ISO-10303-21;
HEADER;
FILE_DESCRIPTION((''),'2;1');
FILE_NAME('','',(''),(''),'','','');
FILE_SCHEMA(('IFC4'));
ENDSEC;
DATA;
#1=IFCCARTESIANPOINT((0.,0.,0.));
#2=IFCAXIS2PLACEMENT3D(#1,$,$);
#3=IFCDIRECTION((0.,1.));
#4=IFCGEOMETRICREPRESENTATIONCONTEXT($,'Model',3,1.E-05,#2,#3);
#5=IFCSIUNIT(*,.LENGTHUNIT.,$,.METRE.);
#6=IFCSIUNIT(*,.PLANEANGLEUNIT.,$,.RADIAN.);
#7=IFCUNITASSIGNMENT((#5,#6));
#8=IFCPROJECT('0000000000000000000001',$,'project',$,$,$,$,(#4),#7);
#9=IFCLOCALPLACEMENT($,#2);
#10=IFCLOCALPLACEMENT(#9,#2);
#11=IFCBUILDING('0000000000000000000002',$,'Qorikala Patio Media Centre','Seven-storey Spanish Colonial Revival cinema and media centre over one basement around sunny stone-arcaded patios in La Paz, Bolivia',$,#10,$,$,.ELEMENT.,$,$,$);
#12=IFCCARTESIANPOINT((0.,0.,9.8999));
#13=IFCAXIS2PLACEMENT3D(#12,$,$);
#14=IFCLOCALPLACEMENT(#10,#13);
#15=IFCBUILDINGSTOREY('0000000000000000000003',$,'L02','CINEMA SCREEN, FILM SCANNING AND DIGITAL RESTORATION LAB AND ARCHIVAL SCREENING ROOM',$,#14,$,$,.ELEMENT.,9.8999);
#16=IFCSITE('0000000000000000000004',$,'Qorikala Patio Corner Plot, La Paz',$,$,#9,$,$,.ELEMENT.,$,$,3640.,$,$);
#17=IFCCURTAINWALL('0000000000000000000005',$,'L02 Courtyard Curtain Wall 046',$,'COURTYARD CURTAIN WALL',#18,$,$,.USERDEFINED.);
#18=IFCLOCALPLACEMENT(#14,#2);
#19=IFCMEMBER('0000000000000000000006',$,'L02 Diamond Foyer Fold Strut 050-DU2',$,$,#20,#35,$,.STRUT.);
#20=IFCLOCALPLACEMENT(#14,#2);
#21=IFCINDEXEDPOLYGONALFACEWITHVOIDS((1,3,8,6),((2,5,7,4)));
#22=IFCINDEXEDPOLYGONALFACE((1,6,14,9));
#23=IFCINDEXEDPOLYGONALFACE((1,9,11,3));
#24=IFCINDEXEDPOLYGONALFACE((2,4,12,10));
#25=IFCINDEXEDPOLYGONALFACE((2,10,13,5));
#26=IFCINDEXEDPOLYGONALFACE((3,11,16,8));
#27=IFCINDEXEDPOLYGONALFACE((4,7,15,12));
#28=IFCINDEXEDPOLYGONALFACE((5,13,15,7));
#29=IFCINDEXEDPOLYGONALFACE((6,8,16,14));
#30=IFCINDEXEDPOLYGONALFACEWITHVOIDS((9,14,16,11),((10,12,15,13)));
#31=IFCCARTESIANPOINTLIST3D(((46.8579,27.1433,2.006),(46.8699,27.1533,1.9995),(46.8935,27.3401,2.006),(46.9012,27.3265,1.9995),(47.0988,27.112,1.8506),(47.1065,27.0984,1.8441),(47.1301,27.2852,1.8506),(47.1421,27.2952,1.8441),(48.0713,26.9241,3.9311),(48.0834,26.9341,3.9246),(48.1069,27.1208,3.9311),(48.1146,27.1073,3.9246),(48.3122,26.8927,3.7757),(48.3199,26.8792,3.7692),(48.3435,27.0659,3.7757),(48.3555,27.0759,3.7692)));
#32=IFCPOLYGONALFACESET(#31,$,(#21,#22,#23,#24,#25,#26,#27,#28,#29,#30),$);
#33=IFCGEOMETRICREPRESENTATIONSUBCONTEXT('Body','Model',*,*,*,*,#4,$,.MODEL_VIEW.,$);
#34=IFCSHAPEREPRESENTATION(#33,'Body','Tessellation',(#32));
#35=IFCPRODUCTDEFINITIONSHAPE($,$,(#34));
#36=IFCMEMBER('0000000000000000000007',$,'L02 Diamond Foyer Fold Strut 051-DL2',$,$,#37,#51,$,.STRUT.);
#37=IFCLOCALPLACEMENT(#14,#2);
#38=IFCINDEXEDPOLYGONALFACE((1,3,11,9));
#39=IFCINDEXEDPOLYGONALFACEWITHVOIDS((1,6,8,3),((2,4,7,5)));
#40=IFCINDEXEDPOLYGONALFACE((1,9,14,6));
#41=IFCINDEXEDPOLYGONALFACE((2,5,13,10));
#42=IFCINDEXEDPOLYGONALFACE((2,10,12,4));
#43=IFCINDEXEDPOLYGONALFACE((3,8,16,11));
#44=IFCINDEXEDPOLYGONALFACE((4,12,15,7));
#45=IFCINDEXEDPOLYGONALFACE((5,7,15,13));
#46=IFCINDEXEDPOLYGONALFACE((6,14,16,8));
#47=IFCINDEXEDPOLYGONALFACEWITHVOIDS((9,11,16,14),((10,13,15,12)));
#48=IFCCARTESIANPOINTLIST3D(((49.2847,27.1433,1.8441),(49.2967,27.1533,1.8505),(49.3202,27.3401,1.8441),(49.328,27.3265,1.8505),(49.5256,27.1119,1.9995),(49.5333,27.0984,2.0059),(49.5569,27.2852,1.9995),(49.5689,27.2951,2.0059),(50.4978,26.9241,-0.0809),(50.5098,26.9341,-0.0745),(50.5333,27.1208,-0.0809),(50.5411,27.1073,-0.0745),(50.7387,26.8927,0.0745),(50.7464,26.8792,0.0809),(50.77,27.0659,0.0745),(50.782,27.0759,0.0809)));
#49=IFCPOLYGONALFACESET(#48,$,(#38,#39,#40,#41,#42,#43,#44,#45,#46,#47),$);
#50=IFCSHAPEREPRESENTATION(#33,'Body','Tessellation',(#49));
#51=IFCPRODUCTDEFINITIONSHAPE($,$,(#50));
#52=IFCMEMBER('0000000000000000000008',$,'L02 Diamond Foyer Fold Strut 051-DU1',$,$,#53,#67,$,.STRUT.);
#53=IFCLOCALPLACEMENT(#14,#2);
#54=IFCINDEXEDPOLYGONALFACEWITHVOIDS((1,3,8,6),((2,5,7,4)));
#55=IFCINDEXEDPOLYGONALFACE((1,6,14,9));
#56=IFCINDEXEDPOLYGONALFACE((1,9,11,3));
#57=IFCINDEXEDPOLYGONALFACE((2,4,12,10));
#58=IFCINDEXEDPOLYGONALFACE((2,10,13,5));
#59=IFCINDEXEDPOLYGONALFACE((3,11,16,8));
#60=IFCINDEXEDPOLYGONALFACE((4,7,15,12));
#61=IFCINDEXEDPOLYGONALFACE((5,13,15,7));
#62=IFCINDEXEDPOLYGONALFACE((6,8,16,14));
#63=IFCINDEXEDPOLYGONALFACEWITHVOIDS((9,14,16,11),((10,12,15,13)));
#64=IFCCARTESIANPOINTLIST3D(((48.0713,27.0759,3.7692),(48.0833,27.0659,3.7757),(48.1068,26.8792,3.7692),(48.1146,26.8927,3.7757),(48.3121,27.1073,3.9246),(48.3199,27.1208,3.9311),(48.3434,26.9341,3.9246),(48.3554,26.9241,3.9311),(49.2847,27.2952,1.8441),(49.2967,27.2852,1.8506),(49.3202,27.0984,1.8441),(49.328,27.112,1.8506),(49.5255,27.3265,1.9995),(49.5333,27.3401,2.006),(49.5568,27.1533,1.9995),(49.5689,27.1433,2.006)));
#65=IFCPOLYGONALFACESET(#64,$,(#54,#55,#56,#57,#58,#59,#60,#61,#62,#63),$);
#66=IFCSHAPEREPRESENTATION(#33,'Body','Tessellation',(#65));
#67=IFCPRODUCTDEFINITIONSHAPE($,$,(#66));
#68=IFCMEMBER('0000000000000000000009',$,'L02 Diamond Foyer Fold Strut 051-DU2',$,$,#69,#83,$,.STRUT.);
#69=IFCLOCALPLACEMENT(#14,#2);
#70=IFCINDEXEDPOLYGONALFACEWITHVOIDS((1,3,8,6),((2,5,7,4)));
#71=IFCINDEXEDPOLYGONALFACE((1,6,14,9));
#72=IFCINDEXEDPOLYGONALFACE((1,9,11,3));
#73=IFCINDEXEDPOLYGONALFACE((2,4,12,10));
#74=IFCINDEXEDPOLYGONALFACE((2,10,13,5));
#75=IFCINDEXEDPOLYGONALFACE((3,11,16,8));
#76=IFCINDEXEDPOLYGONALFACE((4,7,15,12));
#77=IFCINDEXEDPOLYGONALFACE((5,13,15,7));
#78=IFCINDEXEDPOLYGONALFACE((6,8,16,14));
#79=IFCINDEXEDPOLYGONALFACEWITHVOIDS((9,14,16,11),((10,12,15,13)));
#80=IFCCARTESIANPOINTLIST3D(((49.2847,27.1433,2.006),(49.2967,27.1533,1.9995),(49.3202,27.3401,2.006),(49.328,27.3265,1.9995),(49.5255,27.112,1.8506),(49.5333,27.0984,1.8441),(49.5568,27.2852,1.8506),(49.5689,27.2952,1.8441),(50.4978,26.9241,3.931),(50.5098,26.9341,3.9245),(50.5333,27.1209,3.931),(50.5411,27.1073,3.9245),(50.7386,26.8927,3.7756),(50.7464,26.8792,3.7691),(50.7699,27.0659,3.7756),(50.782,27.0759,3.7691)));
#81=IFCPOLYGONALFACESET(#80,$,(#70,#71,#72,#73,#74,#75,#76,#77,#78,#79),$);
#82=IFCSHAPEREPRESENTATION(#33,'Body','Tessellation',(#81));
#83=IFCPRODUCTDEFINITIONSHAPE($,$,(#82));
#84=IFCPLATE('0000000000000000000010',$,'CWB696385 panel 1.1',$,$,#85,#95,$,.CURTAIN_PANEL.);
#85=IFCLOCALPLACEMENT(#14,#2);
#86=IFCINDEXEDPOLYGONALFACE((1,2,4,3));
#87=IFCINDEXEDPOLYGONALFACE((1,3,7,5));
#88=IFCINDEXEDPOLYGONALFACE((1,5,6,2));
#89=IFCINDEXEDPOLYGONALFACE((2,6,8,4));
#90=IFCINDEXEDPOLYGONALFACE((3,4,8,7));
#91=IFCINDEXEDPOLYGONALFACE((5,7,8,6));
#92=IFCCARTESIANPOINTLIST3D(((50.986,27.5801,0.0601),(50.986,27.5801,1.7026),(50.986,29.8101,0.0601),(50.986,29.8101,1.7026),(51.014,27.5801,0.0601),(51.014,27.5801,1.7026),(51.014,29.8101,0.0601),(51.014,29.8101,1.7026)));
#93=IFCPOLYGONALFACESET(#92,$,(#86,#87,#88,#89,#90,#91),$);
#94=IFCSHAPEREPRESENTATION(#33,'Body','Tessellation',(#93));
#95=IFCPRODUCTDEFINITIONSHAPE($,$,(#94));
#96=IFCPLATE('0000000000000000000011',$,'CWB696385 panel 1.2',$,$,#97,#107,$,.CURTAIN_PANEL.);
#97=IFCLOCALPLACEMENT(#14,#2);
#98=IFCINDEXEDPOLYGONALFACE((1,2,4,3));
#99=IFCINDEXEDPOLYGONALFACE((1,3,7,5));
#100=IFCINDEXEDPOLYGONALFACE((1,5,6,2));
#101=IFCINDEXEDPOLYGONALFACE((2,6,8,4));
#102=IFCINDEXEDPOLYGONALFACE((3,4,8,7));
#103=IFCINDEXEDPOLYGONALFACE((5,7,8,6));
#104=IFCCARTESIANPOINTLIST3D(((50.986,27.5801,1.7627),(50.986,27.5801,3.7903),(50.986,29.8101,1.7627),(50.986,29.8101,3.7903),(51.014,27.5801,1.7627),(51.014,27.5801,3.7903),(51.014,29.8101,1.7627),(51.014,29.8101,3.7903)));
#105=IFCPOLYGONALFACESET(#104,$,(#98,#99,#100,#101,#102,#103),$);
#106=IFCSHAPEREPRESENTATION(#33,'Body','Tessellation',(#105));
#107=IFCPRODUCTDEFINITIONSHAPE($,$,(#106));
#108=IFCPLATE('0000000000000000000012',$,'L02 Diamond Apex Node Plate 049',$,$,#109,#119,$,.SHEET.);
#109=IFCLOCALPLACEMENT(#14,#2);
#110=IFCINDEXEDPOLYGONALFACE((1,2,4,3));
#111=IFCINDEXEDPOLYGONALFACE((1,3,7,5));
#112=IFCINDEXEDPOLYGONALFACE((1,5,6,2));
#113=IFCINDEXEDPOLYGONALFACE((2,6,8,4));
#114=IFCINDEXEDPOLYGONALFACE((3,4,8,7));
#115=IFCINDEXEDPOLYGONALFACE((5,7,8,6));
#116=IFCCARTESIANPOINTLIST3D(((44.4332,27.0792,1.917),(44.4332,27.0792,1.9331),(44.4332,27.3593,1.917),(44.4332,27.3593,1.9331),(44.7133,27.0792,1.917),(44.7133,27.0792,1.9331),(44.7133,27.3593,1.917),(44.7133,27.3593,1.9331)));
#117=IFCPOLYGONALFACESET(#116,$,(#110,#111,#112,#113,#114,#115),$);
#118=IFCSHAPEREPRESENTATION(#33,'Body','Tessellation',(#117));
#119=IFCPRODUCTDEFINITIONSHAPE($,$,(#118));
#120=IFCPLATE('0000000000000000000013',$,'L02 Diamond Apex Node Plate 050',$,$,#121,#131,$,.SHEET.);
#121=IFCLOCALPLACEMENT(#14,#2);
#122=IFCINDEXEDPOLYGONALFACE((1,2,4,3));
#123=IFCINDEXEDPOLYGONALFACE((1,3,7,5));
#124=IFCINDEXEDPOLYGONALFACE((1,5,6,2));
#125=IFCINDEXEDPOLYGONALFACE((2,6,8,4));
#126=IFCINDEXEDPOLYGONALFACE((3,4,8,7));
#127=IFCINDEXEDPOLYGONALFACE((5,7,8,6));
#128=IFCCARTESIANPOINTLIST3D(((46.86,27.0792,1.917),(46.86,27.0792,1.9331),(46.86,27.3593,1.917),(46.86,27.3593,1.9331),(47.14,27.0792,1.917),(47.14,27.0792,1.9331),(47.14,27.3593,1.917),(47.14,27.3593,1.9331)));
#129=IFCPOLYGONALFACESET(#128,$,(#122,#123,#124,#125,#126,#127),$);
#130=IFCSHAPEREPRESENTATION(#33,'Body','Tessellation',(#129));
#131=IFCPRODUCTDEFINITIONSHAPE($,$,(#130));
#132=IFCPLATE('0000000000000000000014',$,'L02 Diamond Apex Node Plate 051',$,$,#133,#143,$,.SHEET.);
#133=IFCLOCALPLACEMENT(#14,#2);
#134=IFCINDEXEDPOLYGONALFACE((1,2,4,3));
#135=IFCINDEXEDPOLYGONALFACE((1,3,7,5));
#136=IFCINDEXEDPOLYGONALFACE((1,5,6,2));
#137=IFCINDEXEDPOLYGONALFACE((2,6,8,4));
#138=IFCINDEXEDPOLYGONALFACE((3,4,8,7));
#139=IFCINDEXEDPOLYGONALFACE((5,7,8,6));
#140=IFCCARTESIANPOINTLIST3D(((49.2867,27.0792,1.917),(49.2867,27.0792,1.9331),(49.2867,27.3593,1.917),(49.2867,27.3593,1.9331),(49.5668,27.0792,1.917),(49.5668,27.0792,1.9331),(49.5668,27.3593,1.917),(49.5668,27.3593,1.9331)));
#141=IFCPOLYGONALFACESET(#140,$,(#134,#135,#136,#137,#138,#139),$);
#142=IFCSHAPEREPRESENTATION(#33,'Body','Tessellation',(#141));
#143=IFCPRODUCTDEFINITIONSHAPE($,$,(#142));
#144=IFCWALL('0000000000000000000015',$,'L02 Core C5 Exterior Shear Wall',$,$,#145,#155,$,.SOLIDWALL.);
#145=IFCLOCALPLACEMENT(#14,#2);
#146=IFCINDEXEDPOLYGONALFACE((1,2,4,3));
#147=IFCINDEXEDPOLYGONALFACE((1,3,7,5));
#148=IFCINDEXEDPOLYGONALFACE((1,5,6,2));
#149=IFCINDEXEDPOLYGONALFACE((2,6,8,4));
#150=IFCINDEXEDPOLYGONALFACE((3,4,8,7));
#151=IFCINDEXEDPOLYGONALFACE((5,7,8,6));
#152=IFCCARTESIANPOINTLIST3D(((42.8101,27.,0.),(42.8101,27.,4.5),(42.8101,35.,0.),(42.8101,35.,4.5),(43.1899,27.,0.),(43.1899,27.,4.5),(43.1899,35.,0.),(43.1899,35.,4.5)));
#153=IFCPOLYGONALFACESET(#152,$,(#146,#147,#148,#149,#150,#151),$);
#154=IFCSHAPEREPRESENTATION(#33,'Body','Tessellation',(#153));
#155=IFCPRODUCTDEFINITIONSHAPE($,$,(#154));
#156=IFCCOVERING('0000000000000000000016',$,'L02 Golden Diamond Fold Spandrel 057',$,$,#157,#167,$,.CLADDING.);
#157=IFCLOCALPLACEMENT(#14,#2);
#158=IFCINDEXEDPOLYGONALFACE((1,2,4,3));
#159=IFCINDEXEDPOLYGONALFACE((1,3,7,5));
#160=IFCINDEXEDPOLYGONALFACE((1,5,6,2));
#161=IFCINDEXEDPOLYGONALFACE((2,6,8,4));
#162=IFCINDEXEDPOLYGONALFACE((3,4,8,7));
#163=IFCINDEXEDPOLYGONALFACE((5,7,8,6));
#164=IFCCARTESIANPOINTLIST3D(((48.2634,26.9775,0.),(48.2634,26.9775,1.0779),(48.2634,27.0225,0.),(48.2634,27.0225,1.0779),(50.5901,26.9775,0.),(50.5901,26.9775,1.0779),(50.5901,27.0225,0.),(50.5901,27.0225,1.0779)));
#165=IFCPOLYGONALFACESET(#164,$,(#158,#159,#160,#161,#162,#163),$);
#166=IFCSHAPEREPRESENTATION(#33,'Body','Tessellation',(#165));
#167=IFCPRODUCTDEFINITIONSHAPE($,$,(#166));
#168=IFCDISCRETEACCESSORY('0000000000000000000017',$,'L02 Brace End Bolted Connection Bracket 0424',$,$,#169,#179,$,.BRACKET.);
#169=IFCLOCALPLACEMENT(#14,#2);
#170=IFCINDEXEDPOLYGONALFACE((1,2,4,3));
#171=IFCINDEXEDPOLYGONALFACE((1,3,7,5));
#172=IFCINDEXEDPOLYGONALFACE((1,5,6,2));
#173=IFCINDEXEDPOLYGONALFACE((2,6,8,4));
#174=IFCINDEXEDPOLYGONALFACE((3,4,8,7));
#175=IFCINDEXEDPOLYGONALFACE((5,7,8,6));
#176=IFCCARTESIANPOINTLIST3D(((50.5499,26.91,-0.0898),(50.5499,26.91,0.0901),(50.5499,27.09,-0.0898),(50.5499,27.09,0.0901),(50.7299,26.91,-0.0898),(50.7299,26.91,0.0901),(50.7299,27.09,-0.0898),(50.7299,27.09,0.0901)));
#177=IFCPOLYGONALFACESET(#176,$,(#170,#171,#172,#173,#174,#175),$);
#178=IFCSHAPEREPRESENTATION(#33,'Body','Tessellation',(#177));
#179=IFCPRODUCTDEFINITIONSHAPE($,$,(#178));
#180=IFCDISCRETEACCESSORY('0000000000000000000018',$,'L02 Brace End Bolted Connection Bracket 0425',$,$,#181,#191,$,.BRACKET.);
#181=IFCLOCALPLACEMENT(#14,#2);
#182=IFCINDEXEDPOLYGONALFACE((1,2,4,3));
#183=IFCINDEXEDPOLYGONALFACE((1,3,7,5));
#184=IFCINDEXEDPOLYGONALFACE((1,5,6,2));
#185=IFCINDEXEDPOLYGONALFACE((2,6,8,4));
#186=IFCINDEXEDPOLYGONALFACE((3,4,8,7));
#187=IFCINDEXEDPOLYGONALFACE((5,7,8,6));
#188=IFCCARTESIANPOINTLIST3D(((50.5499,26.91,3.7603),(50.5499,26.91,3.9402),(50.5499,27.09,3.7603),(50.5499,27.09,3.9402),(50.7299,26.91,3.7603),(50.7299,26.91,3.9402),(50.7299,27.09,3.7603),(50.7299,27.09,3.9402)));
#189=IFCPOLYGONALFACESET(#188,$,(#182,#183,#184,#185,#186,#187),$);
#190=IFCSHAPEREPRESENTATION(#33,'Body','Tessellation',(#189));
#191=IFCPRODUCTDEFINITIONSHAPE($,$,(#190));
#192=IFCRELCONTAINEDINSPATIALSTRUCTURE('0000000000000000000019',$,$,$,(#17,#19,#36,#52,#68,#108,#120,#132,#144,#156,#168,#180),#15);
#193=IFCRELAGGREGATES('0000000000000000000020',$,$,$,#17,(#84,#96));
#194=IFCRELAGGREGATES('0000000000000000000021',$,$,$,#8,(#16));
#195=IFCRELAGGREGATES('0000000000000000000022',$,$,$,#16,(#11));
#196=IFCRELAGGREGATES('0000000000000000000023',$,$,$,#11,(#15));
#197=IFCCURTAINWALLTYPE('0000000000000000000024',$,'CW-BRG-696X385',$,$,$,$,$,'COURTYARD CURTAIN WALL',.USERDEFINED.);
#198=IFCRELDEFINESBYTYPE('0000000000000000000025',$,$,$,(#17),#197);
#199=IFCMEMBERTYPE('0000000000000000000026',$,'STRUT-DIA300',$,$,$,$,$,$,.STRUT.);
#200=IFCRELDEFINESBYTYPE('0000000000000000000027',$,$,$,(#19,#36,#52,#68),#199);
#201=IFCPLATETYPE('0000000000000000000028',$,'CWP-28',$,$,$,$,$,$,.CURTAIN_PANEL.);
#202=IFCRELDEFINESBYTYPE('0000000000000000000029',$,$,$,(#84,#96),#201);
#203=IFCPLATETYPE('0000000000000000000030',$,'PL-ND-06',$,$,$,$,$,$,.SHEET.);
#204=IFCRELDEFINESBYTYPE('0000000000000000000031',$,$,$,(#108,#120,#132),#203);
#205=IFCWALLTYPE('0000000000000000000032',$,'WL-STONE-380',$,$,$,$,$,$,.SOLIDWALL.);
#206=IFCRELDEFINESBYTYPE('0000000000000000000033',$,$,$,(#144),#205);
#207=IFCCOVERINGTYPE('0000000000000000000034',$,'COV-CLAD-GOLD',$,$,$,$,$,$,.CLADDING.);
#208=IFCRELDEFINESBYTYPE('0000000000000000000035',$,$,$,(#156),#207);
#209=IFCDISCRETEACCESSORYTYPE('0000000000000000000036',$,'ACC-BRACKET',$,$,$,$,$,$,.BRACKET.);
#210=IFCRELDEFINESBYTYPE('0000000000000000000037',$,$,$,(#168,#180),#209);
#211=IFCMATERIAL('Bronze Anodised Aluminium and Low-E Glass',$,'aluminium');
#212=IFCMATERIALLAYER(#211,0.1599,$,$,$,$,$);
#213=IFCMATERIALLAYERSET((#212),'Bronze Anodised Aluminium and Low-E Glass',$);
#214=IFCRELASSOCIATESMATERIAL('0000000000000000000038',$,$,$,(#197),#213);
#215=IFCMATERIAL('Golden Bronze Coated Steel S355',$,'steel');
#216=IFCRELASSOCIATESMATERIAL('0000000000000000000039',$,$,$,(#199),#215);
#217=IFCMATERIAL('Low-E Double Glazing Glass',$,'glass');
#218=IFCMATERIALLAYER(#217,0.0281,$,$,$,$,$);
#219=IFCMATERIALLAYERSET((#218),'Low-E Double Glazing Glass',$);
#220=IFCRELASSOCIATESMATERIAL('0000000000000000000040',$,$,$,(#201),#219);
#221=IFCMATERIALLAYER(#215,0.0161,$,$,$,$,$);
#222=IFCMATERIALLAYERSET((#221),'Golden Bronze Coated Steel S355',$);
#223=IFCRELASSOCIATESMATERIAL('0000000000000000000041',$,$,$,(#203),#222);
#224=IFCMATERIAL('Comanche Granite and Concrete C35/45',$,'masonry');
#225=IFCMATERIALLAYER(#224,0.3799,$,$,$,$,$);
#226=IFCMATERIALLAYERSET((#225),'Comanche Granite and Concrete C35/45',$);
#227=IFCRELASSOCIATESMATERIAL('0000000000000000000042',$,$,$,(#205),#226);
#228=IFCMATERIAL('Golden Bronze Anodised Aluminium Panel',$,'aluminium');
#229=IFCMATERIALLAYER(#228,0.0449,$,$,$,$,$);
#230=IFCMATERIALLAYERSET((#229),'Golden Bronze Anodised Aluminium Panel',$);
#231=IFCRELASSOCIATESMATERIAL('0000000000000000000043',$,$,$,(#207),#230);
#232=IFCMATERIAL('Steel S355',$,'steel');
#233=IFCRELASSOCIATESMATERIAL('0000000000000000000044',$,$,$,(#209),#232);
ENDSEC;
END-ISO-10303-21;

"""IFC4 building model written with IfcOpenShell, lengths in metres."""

from ifc_helpers import new_model, si_unit, direction, frame, frame_2d, origin, origin_2d, place, context, subcontext, project, spatial, rectangle, hollow_rectangle, extrude, material, layer, layer_set, material_profile, profile_set, type_object, element, aggregate, save


model = new_model("IFC4")

# Units and contexts
model_context = context("Model", 3, precision=1e-05, world=origin(), true_north=direction((0.0, 1.0)))
body_context = subcontext(model_context, "Body", "Model", "MODEL_VIEW")
ifc_project = project(units=[si_unit("LENGTHUNIT", "METRE"), si_unit("PLANEANGLEUNIT", "RADIAN")], contexts=[model_context])

# Site, building, storey
site_placement = place(None, origin())
site = spatial("IfcSite", under=ifc_project, at=site_placement, Name="Qorikala Patio Corner Plot, La Paz", CompositionType="ELEMENT", RefElevation=3640.0)
building_placement = place(site_placement, origin())
building = spatial("IfcBuilding", under=site, at=building_placement, Name="Qorikala Patio Media Centre", Description="Seven-storey Spanish Colonial Revival cinema and media centre over one basement around sunny stone-arcaded patios in La Paz, Bolivia", CompositionType="ELEMENT")
storey_placement = place(building_placement, frame((0.0, 0.0, 9.8999)))
storey = spatial("IfcBuildingStorey", under=building, at=storey_placement, Name="L02", Description="CINEMA SCREEN, FILM SCANNING AND DIGITAL RESTORATION LAB AND ARCHIVAL SCREENING ROOM", CompositionType="ELEMENT", Elevation=9.8999)

# Curtain wall
ifc_material_1 = material(Name="Bronze Anodised Aluminium and Low-E Glass", Category="aluminium")
ifc_layer_1 = layer(ifc_material_1, 0.1599)
ifc_layer_set_1 = layer_set([ifc_layer_1], Name="Bronze Anodised Aluminium and Low-E Glass")
curtain_wall_type_1 = type_object("IfcCurtainWallType", Name="CW-BRG-696X385", ElementType="COURTYARD CURTAIN WALL", PredefinedType="USERDEFINED", material=ifc_layer_set_1)
curtain_wall_1_placement = place(storey_placement, origin())
curtain_wall_1 = element("IfcCurtainWall", 1, at=curtain_wall_1_placement, inside=storey, type_object=curtain_wall_type_1, Name="L02 Courtyard Curtain Wall 046", ObjectType="COURTYARD CURTAIN WALL", PredefinedType="USERDEFINED")

# Shared definitions
ifc_material_2 = material(Name="Steel S355", Category="steel")

# Members
ifc_material_3 = material(Name="Golden Bronze Coated Steel S355", Category="steel")
ifc_material_profile_1 = material_profile(ifc_material_3, hollow_rectangle(XDim=0.2, YDim=0.3, WallThickness=0.012, at=origin_2d()), Name="HSS300X200X12")
ifc_profile_set_1 = profile_set([ifc_material_profile_1], Name="Golden Bronze Coated Steel S355")
member_type_1 = type_object("IfcMemberType", Name="STRUT-DIA300", PredefinedType="STRUT", material=ifc_profile_set_1)
for number, where, z_axis, x_axis, name in (
    (2, (47.0, 27.2192, 1.925), (0.530768, -0.095901, 0.842074), (0.177805, 0.984066, 0.0), "L02 Diamond Foyer Fold Strut 050-DU2"),
):
    element("IfcMember", number, at=place(storey_placement, frame(where, z_axis=z_axis, x_axis=x_axis)), inside=storey, type_object=member_type_1, Name=name, PredefinedType="STRUT", context=body_context, shape_type="SweptSolid", body=[
        extrude(hollow_rectangle(XDim=0.2, YDim=0.3, WallThickness=0.012, at=origin_2d()), origin(), (0.0, 0.0, 1.0), 2.2861),
    ])
member_1_placement = place(storey_placement, frame((50.6399, 27.0, 0.0), z_axis=(-0.530691, 0.095907, 0.842121), x_axis=(-0.17784, -0.984059, 0.0)))
element("IfcMember", 3, at=member_1_placement, inside=storey, type_object=member_type_1, Name="L02 Diamond Foyer Fold Strut 051-DL2", PredefinedType="STRUT", context=body_context, shape_type="SweptSolid", body=[
    extrude(hollow_rectangle(XDim=0.2, YDim=0.3, WallThickness=0.012, at=origin_2d()), origin(), (0.0, 0.0, 1.0), 2.2859),
])
member_2_placement = place(storey_placement, frame((49.4268, 27.2192, 1.925), z_axis=(-0.530768, -0.095901, 0.842074), x_axis=(0.177805, -0.984066, 0.0)))
element("IfcMember", 4, at=member_2_placement, inside=storey, type_object=member_type_1, Name="L02 Diamond Foyer Fold Strut 051-DU1", PredefinedType="STRUT", context=body_context, shape_type="SweptSolid", body=[
    extrude(hollow_rectangle(XDim=0.2, YDim=0.3, WallThickness=0.012, at=origin_2d()), origin(), (0.0, 0.0, 1.0), 2.2861),
])
member_3_placement = place(storey_placement, frame((49.4268, 27.2192, 1.925), z_axis=(0.530691, -0.095907, 0.842121), x_axis=(0.17784, 0.984059, 0.0)))
element("IfcMember", 5, at=member_3_placement, inside=storey, type_object=member_type_1, Name="L02 Diamond Foyer Fold Strut 051-DU2", PredefinedType="STRUT", context=body_context, shape_type="SweptSolid", body=[
    extrude(hollow_rectangle(XDim=0.2, YDim=0.3, WallThickness=0.012, at=origin_2d()), origin(), (0.0, 0.0, 1.0), 2.2859),
])

# Plates
ifc_material_4 = material(Name="Low-E Double Glazing Glass", Category="glass")
ifc_layer_2 = layer(ifc_material_4, 0.0281)
ifc_layer_set_2 = layer_set([ifc_layer_2], Name="Low-E Double Glazing Glass")
plate_type_1 = type_object("IfcPlateType", Name="CWP-28", PredefinedType="CURTAIN_PANEL", material=ifc_layer_set_2)
plate_1_placement = place(storey_placement, frame((51.0, 28.6951, 0.0601), z_axis=(0.0, 0.0, 1.0), x_axis=(0.0, 1.0, 0.0)))
plate_1 = element("IfcPlate", 6, at=plate_1_placement, type_object=plate_type_1, Name="CWB696385 panel 1.1", PredefinedType="CURTAIN_PANEL", context=body_context, shape_type="SweptSolid", body=[
    extrude(rectangle(XDim=2.23, YDim=0.0281, at=origin_2d()), origin(), (0.0, 0.0, 1.0), 1.6426),
])
plate_2_placement = place(storey_placement, frame((51.0, 28.6951, 1.7627), z_axis=(0.0, 0.0, 1.0), x_axis=(0.0, 1.0, 0.0)))
plate_2 = element("IfcPlate", 7, at=plate_2_placement, type_object=plate_type_1, Name="CWB696385 panel 1.2", PredefinedType="CURTAIN_PANEL", context=body_context, shape_type="SweptSolid", body=[
    extrude(rectangle(XDim=2.23, YDim=0.0281, at=origin_2d()), origin(), (0.0, 0.0, 1.0), 2.0276),
])
aggregate(curtain_wall_1, [plate_1, plate_2])

# Plates
ifc_layer_3 = layer(ifc_material_3, 0.0161)
ifc_layer_set_3 = layer_set([ifc_layer_3], Name="Golden Bronze Coated Steel S355")
plate_type_2 = type_object("IfcPlateType", Name="PL-ND-06", PredefinedType="SHEET", material=ifc_layer_set_3)
for number, where, z_axis, x_axis, name in (
    (8, (44.5732, 27.2192, 1.917), (0.0, 0.0, 1.0), (1.0, 0.0, 0.0), "L02 Diamond Apex Node Plate 049"),
    (9, (47.0, 27.2192, 1.917), (0.0, 0.0, 1.0), (1.0, 0.0, 0.0), "L02 Diamond Apex Node Plate 050"),
    (10, (49.4268, 27.2192, 1.917), (0.0, 0.0, 1.0), (1.0, 0.0, 0.0), "L02 Diamond Apex Node Plate 051"),
):
    element("IfcPlate", number, at=place(storey_placement, frame(where, z_axis=z_axis, x_axis=x_axis)), inside=storey, type_object=plate_type_2, Name=name, PredefinedType="SHEET", context=body_context, shape_type="SweptSolid", body=[
        extrude(rectangle(XDim=0.28, YDim=0.28, at=origin_2d()), origin(), (0.0, 0.0, 1.0), 0.0161),
    ])

# Wall
ifc_material_5 = material(Name="Comanche Granite and Concrete C35/45", Category="masonry")
ifc_layer_4 = layer(ifc_material_5, 0.3799)
ifc_layer_set_4 = layer_set([ifc_layer_4], Name="Comanche Granite and Concrete C35/45")
wall_type = type_object("IfcWallType", Name="WL-STONE-380", PredefinedType="SOLIDWALL", material=ifc_layer_set_4)
wall_placement = place(storey_placement, frame((43.0, 35.0, 0.0), z_axis=(0.0, 0.0, 1.0), x_axis=(0.0, -1.0, 0.0)))
element("IfcWall", 11, at=wall_placement, inside=storey, type_object=wall_type, Name="L02 Core C5 Exterior Shear Wall", PredefinedType="SOLIDWALL", context=body_context, shape_type="SweptSolid", body=[
    extrude(rectangle(XDim=8.0, YDim=0.3799, at=frame_2d((4.0, 0.0))), origin(), (0.0, 0.0, 1.0), 4.5),
])

# Covering
ifc_material_6 = material(Name="Golden Bronze Anodised Aluminium Panel", Category="aluminium")
ifc_layer_5 = layer(ifc_material_6, 0.0449)
ifc_layer_set_5 = layer_set([ifc_layer_5], Name="Golden Bronze Anodised Aluminium Panel")
covering_type = type_object("IfcCoveringType", Name="COV-CLAD-GOLD", PredefinedType="CLADDING", material=ifc_layer_set_5)
covering_placement = place(storey_placement, frame((49.4268, 27.0, 0.0), z_axis=(0.0, 0.0, 1.0), x_axis=(1.0, 0.0, 0.0)))
element("IfcCovering", 12, at=covering_placement, inside=storey, type_object=covering_type, Name="L02 Golden Diamond Fold Spandrel 057", PredefinedType="CLADDING", context=body_context, shape_type="SweptSolid", body=[
    extrude(rectangle(XDim=2.3267, YDim=0.0449, at=origin_2d()), origin(), (0.0, 0.0, 1.0), 1.0779),
])

# Discrete accessories
discrete_accessory_type = type_object("IfcDiscreteAccessoryType", Name="ACC-BRACKET", PredefinedType="BRACKET", material=ifc_material_2)
for number, where, z_axis, x_axis, name in (
    (13, (50.6399, 27.0, -0.0898), (0.0, 0.0, 1.0), (1.0, 0.0, 0.0), "L02 Brace End Bolted Connection Bracket 0424"),
    (14, (50.6399, 27.0, 3.7603), (0.0, 0.0, 1.0), (1.0, 0.0, 0.0), "L02 Brace End Bolted Connection Bracket 0425"),
):
    element("IfcDiscreteAccessory", number, at=place(storey_placement, frame(where, z_axis=z_axis, x_axis=x_axis)), inside=storey, type_object=discrete_accessory_type, Name=name, PredefinedType="BRACKET", context=body_context, shape_type="SweptSolid", body=[
        extrude(rectangle(XDim=0.1799, YDim=0.1799, at=origin_2d()), origin(), (0.0, 0.0, 1.0), 0.1799),
    ])

save(model, "model.ifc")
